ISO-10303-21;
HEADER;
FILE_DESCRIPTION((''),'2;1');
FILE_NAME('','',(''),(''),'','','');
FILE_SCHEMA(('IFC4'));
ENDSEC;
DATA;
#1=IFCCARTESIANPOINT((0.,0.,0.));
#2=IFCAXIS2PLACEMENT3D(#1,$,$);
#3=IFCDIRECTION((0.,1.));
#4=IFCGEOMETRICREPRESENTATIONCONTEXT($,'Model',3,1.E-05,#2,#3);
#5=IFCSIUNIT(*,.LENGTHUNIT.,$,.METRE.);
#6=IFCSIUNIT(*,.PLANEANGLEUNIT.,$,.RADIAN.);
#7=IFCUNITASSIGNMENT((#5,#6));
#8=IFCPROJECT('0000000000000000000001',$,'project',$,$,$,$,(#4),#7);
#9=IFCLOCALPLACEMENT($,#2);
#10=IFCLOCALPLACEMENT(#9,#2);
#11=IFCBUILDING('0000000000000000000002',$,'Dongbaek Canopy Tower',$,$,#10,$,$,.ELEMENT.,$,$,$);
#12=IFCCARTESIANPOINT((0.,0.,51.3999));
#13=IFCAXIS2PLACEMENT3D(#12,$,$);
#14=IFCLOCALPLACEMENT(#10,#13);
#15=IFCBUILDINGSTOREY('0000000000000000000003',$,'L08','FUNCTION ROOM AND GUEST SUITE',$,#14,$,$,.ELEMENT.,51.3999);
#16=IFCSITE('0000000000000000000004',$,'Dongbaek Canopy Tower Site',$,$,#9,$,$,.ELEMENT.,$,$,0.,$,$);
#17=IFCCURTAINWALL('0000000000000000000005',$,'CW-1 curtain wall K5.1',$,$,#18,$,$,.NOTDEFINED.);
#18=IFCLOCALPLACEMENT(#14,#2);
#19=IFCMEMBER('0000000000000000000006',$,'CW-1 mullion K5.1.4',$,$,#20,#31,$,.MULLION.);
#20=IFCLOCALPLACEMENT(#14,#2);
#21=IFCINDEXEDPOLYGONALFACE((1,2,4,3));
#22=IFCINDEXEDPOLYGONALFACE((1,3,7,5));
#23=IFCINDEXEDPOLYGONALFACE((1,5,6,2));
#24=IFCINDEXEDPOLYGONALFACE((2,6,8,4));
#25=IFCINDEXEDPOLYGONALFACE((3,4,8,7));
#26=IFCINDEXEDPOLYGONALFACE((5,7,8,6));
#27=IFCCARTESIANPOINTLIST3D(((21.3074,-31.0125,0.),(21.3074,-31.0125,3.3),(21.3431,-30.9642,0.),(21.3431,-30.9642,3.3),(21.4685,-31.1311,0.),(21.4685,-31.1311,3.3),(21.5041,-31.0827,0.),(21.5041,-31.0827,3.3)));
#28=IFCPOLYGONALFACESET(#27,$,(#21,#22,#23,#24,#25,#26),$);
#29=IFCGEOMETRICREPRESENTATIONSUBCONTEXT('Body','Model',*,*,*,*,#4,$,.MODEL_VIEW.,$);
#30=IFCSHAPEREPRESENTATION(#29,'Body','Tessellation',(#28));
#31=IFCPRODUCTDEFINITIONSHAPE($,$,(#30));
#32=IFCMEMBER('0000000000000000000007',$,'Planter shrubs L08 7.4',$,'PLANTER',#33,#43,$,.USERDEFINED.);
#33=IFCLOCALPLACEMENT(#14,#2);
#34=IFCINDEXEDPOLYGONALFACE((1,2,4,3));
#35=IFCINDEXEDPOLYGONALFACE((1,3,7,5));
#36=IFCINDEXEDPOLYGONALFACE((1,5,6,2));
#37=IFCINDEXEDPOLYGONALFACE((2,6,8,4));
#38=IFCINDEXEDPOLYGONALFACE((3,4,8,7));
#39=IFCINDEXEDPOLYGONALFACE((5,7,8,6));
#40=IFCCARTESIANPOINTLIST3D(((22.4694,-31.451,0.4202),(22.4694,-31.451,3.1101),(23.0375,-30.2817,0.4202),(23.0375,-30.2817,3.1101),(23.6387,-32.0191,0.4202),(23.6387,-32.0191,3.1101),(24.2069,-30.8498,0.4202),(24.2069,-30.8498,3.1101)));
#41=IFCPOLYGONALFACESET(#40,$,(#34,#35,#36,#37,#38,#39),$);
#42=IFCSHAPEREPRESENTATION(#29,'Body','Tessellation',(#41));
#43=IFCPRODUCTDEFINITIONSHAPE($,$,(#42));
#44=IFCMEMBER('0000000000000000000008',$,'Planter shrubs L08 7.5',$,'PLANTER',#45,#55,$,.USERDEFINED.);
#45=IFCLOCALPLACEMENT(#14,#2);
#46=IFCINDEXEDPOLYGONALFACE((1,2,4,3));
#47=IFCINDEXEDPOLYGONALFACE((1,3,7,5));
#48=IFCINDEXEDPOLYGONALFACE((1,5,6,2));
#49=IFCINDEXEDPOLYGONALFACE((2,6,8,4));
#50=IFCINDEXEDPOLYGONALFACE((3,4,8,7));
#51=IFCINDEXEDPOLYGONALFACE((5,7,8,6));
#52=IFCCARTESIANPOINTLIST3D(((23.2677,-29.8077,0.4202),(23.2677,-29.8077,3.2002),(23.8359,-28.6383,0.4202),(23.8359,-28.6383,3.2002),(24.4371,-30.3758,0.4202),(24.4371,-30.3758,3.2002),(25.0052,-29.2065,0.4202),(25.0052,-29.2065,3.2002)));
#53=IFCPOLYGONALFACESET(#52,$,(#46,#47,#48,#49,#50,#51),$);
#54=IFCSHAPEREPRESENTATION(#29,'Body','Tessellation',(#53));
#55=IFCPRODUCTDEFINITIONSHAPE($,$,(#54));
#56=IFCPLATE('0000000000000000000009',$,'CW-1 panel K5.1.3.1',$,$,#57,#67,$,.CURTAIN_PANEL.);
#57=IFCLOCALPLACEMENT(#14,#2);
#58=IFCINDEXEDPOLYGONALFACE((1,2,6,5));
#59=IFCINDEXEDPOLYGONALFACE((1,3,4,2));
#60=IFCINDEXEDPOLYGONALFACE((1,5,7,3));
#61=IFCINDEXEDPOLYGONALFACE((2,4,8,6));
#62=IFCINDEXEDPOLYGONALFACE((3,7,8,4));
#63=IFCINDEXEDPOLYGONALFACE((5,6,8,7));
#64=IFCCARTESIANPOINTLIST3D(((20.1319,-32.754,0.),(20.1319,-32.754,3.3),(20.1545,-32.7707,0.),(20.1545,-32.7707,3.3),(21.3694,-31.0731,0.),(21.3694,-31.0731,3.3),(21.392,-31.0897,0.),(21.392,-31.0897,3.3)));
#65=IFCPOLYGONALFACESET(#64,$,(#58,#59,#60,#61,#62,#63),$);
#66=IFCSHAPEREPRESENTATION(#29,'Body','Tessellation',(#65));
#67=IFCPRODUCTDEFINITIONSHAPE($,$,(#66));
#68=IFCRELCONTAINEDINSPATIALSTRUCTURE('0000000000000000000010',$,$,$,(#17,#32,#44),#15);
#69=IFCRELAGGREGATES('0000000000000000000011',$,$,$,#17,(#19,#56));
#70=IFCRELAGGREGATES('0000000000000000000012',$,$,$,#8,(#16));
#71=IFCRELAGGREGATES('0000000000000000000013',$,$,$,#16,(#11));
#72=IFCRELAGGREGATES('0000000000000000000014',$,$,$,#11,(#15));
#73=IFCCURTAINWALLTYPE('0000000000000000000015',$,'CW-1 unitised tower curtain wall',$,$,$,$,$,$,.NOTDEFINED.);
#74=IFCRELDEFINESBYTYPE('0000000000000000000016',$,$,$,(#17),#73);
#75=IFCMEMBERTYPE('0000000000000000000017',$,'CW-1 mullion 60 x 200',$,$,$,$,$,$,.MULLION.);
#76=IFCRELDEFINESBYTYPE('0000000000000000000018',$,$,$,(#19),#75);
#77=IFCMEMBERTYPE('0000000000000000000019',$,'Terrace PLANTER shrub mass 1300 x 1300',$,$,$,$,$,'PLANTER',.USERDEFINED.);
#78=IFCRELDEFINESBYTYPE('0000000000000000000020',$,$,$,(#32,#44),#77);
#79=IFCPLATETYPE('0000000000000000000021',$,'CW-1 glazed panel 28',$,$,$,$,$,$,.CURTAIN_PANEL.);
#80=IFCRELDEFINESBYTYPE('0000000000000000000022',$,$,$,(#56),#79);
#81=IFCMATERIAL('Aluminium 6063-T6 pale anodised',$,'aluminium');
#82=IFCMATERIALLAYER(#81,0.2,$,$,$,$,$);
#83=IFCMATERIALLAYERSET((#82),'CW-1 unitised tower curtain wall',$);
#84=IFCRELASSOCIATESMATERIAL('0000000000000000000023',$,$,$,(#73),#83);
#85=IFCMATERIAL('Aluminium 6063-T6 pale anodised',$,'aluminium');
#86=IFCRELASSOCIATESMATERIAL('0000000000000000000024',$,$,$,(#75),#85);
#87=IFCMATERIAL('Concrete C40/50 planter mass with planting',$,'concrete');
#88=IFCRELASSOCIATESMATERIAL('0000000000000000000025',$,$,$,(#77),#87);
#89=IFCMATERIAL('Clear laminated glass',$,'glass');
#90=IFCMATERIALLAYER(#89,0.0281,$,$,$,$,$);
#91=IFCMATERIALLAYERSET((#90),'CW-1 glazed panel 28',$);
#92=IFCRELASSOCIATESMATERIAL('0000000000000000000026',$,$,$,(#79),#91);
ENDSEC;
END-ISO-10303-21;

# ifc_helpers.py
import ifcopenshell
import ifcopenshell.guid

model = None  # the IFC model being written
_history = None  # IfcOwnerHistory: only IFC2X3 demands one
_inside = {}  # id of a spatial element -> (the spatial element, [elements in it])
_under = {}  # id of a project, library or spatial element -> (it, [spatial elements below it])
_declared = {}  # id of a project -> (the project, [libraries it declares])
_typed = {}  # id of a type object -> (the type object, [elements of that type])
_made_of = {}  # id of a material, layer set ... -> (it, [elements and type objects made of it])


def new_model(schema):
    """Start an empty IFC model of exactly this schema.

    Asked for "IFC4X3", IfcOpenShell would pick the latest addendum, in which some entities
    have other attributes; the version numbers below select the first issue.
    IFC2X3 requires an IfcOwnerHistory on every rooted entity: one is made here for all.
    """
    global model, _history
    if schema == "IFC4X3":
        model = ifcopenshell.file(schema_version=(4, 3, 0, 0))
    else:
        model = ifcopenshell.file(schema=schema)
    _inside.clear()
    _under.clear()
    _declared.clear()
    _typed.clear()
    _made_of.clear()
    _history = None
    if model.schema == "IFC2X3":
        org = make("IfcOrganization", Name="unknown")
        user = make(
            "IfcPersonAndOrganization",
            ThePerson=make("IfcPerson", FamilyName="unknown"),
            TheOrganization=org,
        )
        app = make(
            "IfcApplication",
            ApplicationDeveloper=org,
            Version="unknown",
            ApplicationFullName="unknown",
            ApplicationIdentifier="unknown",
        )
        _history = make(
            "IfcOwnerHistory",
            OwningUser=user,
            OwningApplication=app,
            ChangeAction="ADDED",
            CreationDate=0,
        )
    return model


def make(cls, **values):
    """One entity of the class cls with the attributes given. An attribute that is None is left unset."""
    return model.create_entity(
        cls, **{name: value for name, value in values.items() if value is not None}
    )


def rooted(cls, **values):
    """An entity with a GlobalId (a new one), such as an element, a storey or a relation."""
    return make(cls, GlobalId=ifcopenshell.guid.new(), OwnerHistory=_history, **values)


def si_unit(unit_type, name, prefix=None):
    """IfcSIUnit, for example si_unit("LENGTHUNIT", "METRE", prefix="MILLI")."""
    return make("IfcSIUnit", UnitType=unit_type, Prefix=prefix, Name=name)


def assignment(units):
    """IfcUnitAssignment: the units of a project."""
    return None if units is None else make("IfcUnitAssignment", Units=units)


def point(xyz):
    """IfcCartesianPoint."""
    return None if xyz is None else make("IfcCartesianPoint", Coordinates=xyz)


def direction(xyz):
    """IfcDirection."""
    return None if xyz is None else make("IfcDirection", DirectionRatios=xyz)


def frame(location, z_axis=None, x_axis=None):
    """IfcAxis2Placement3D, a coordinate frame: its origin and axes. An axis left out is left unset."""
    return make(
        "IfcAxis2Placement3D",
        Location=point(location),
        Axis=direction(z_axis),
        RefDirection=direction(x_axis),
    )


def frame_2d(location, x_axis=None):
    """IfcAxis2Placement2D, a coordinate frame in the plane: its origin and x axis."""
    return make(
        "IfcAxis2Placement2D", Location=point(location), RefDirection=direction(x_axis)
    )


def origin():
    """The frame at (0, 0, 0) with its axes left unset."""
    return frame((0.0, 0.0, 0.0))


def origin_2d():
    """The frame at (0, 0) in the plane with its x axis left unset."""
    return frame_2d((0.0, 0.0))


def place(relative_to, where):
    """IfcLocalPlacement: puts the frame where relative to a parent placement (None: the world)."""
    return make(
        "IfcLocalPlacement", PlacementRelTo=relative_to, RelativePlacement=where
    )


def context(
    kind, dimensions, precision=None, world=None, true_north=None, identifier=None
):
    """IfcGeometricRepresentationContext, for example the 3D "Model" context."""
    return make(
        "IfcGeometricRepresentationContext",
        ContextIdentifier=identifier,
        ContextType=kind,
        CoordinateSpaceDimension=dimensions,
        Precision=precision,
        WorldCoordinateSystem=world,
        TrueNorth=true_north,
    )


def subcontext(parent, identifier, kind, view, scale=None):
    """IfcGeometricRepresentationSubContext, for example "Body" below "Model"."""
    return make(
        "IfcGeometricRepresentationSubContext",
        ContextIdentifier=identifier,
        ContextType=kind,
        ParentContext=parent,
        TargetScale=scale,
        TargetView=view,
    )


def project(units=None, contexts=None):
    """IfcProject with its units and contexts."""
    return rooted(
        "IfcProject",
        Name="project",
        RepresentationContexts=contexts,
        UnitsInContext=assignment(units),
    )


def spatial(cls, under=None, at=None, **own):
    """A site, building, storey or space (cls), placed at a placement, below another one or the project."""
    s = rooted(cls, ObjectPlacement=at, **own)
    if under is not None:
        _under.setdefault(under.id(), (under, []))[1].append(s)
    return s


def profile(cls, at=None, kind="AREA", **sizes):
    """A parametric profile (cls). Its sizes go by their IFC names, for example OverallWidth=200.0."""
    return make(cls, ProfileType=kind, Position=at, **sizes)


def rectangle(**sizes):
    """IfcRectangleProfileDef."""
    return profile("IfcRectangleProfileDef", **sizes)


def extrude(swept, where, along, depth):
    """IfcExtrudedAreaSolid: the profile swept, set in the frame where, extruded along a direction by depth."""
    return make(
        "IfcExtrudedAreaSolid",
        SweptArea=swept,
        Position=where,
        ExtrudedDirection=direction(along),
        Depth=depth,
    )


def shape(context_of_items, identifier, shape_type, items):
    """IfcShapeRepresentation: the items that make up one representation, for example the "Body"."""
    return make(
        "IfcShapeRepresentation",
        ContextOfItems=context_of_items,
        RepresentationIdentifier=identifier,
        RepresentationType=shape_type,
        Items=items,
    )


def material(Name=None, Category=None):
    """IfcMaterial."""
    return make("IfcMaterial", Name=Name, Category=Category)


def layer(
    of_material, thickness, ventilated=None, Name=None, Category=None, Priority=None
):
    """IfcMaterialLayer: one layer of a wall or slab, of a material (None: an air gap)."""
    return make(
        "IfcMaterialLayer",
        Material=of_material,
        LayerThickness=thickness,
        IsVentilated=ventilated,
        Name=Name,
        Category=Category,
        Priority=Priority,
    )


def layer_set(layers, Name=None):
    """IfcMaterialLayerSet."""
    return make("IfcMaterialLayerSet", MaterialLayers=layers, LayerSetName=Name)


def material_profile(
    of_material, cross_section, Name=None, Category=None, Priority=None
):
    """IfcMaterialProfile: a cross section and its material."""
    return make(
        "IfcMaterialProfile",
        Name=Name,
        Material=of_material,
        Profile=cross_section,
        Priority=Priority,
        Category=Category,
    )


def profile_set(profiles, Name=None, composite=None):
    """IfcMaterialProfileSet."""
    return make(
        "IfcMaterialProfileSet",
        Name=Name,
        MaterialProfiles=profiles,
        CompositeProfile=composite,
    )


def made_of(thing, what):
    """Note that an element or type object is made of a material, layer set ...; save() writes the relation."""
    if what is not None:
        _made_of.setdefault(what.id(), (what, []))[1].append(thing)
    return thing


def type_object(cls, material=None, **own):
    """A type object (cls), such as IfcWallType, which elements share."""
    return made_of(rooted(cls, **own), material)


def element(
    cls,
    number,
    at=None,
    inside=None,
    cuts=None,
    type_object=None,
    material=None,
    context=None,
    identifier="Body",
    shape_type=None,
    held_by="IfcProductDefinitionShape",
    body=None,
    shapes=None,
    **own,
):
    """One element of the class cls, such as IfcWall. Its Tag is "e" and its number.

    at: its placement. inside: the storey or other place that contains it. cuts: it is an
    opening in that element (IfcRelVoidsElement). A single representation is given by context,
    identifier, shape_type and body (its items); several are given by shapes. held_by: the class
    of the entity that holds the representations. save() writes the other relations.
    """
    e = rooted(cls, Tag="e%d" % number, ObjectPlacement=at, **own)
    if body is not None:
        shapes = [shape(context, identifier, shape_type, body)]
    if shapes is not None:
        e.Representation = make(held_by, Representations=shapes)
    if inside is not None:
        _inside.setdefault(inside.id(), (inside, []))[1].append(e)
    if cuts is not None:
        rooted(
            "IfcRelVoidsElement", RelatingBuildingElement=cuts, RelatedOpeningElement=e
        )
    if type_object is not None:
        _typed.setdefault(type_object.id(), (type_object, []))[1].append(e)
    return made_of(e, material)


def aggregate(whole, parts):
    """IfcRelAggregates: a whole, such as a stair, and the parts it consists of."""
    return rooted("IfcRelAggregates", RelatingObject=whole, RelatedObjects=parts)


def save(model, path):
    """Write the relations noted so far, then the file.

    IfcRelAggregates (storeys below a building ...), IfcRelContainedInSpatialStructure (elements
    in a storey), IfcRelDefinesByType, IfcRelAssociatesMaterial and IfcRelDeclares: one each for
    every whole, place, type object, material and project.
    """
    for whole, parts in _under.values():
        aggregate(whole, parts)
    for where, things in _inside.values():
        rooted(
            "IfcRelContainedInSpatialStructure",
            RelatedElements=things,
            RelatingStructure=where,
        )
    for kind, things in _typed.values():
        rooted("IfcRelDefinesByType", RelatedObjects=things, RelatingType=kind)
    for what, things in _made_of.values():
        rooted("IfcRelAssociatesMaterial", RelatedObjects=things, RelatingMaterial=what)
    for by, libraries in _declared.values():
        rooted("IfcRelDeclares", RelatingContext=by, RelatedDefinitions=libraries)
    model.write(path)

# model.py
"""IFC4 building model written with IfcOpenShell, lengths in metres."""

from ifc_helpers import new_model, si_unit, direction, frame, origin, origin_2d, place, context, subcontext, project, spatial, rectangle, extrude, material, layer, layer_set, material_profile, profile_set, type_object, element, aggregate, save


model = new_model("IFC4")

# Units and contexts
model_context = context("Model", 3, precision=1e-05, world=origin(), true_north=direction((0.0, 1.0)))
body_context = subcontext(model_context, "Body", "Model", "MODEL_VIEW")
ifc_project = project(units=[si_unit("LENGTHUNIT", "METRE"), si_unit("PLANEANGLEUNIT", "RADIAN")], contexts=[model_context])

# Site, building, storey
site_placement = place(None, origin())
site = spatial("IfcSite", under=ifc_project, at=site_placement, Name="Dongbaek Canopy Tower Site", CompositionType="ELEMENT", RefElevation=0.0)
building_placement = place(site_placement, origin())
building = spatial("IfcBuilding", under=site, at=building_placement, Name="Dongbaek Canopy Tower", CompositionType="ELEMENT")
storey_placement = place(building_placement, frame((0.0, 0.0, 51.3999)))
storey = spatial("IfcBuildingStorey", under=building, at=storey_placement, Name="L08", Description="FUNCTION ROOM AND GUEST SUITE", CompositionType="ELEMENT", Elevation=51.3999)

# Curtain wall, member
ifc_material_1 = material(Name="Aluminium 6063-T6 pale anodised", Category="aluminium")
ifc_layer_1 = layer(ifc_material_1, 0.2)
ifc_layer_set_1 = layer_set([ifc_layer_1], Name="CW-1 unitised tower curtain wall")
curtain_wall_type = type_object("IfcCurtainWallType", Name="CW-1 unitised tower curtain wall", PredefinedType="NOTDEFINED", material=ifc_layer_set_1)
curtain_wall_placement = place(storey_placement, origin())
curtain_wall = element("IfcCurtainWall", 1, at=curtain_wall_placement, inside=storey, type_object=curtain_wall_type, Name="CW-1 curtain wall K5.1", PredefinedType="NOTDEFINED")
ifc_material_2 = material(Name="Aluminium 6063-T6 pale anodised", Category="aluminium")
ifc_material_profile_1 = material_profile(ifc_material_2, rectangle(XDim=0.2, YDim=0.0601, at=origin_2d()), Name="CW-1 mullion 60 x 200")
ifc_profile_set_1 = profile_set([ifc_material_profile_1], Name="Aluminium 6063-T6 pale anodised")
member_type_1 = type_object("IfcMemberType", Name="CW-1 mullion 60 x 200", PredefinedType="MULLION", material=ifc_profile_set_1)
member_1_placement = place(storey_placement, frame((21.4058, -31.0476, 0.0), z_axis=(0.0, 0.0, 1.0), x_axis=(0.805296, -0.592873, 0.0)))
member_1 = element("IfcMember", 2, at=member_1_placement, type_object=member_type_1, Name="CW-1 mullion K5.1.4", PredefinedType="MULLION", context=body_context, shape_type="SweptSolid", body=[
    extrude(rectangle(XDim=0.2, YDim=0.0601, at=origin_2d()), origin(), (0.0, 0.0, 1.0), 3.3),
])

# Members
ifc_material_3 = material(Name="Concrete C40/50 planter mass with planting", Category="concrete")
ifc_material_profile_2 = material_profile(ifc_material_3, rectangle(XDim=1.3, YDim=1.3, at=origin_2d()), Name="Terrace PLANTER shrub mass 1300 x 1300")
ifc_profile_set_2 = profile_set([ifc_material_profile_2], Name="Concrete C40/50 planter mass with planting")
member_type_2 = type_object("IfcMemberType", Name="Terrace PLANTER shrub mass 1300 x 1300", ElementType="PLANTER", PredefinedType="USERDEFINED", material=ifc_profile_set_2)
member_2_placement = place(storey_placement, frame((23.3381, -31.1504, 0.4202), z_axis=(0.0, 0.0, 1.0), x_axis=(0.899456, -0.437011, 0.0)))
element("IfcMember", 3, at=member_2_placement, inside=storey, type_object=member_type_2, Name="Planter shrubs L08 7.4", ObjectType="PLANTER", PredefinedType="USERDEFINED", context=body_context, shape_type="SweptSolid", body=[
    extrude(rectangle(XDim=1.3, YDim=1.3, at=origin_2d()), origin(), (0.0, 0.0, 1.0), 2.6899),
])
member_3_placement = place(storey_placement, frame((24.1365, -29.5071, 0.4202), z_axis=(0.0, 0.0, 1.0), x_axis=(0.899456, -0.437011, 0.0)))
element("IfcMember", 4, at=member_3_placement, inside=storey, type_object=member_type_2, Name="Planter shrubs L08 7.5", ObjectType="PLANTER", PredefinedType="USERDEFINED", context=body_context, shape_type="SweptSolid", body=[
    extrude(rectangle(XDim=1.3, YDim=1.3, at=origin_2d()), origin(), (0.0, 0.0, 1.0), 2.78),
])

# Plate
ifc_material_4 = material(Name="Clear laminated glass", Category="glass")
ifc_layer_2 = layer(ifc_material_4, 0.0281)
ifc_layer_set_2 = layer_set([ifc_layer_2], Name="CW-1 glazed panel 28")
plate_type = type_object("IfcPlateType", Name="CW-1 glazed panel 28", PredefinedType="CURTAIN_PANEL", material=ifc_layer_set_2)
plate_placement = place(storey_placement, frame((20.762, -31.9219, 0.0), z_axis=(0.0, 0.0, 1.0), x_axis=(0.592873, 0.805296, 0.0)))
plate = element("IfcPlate", 5, at=plate_placement, type_object=plate_type, Name="CW-1 panel K5.1.3.1", PredefinedType="CURTAIN_PANEL", context=body_context, shape_type="SweptSolid", body=[
    extrude(rectangle(XDim=2.0874, YDim=0.0281, at=origin_2d()), origin(), (0.0, 0.0, 1.0), 3.3),
])
aggregate(curtain_wall, [member_1, plate])

save(model, "model.ifc")
